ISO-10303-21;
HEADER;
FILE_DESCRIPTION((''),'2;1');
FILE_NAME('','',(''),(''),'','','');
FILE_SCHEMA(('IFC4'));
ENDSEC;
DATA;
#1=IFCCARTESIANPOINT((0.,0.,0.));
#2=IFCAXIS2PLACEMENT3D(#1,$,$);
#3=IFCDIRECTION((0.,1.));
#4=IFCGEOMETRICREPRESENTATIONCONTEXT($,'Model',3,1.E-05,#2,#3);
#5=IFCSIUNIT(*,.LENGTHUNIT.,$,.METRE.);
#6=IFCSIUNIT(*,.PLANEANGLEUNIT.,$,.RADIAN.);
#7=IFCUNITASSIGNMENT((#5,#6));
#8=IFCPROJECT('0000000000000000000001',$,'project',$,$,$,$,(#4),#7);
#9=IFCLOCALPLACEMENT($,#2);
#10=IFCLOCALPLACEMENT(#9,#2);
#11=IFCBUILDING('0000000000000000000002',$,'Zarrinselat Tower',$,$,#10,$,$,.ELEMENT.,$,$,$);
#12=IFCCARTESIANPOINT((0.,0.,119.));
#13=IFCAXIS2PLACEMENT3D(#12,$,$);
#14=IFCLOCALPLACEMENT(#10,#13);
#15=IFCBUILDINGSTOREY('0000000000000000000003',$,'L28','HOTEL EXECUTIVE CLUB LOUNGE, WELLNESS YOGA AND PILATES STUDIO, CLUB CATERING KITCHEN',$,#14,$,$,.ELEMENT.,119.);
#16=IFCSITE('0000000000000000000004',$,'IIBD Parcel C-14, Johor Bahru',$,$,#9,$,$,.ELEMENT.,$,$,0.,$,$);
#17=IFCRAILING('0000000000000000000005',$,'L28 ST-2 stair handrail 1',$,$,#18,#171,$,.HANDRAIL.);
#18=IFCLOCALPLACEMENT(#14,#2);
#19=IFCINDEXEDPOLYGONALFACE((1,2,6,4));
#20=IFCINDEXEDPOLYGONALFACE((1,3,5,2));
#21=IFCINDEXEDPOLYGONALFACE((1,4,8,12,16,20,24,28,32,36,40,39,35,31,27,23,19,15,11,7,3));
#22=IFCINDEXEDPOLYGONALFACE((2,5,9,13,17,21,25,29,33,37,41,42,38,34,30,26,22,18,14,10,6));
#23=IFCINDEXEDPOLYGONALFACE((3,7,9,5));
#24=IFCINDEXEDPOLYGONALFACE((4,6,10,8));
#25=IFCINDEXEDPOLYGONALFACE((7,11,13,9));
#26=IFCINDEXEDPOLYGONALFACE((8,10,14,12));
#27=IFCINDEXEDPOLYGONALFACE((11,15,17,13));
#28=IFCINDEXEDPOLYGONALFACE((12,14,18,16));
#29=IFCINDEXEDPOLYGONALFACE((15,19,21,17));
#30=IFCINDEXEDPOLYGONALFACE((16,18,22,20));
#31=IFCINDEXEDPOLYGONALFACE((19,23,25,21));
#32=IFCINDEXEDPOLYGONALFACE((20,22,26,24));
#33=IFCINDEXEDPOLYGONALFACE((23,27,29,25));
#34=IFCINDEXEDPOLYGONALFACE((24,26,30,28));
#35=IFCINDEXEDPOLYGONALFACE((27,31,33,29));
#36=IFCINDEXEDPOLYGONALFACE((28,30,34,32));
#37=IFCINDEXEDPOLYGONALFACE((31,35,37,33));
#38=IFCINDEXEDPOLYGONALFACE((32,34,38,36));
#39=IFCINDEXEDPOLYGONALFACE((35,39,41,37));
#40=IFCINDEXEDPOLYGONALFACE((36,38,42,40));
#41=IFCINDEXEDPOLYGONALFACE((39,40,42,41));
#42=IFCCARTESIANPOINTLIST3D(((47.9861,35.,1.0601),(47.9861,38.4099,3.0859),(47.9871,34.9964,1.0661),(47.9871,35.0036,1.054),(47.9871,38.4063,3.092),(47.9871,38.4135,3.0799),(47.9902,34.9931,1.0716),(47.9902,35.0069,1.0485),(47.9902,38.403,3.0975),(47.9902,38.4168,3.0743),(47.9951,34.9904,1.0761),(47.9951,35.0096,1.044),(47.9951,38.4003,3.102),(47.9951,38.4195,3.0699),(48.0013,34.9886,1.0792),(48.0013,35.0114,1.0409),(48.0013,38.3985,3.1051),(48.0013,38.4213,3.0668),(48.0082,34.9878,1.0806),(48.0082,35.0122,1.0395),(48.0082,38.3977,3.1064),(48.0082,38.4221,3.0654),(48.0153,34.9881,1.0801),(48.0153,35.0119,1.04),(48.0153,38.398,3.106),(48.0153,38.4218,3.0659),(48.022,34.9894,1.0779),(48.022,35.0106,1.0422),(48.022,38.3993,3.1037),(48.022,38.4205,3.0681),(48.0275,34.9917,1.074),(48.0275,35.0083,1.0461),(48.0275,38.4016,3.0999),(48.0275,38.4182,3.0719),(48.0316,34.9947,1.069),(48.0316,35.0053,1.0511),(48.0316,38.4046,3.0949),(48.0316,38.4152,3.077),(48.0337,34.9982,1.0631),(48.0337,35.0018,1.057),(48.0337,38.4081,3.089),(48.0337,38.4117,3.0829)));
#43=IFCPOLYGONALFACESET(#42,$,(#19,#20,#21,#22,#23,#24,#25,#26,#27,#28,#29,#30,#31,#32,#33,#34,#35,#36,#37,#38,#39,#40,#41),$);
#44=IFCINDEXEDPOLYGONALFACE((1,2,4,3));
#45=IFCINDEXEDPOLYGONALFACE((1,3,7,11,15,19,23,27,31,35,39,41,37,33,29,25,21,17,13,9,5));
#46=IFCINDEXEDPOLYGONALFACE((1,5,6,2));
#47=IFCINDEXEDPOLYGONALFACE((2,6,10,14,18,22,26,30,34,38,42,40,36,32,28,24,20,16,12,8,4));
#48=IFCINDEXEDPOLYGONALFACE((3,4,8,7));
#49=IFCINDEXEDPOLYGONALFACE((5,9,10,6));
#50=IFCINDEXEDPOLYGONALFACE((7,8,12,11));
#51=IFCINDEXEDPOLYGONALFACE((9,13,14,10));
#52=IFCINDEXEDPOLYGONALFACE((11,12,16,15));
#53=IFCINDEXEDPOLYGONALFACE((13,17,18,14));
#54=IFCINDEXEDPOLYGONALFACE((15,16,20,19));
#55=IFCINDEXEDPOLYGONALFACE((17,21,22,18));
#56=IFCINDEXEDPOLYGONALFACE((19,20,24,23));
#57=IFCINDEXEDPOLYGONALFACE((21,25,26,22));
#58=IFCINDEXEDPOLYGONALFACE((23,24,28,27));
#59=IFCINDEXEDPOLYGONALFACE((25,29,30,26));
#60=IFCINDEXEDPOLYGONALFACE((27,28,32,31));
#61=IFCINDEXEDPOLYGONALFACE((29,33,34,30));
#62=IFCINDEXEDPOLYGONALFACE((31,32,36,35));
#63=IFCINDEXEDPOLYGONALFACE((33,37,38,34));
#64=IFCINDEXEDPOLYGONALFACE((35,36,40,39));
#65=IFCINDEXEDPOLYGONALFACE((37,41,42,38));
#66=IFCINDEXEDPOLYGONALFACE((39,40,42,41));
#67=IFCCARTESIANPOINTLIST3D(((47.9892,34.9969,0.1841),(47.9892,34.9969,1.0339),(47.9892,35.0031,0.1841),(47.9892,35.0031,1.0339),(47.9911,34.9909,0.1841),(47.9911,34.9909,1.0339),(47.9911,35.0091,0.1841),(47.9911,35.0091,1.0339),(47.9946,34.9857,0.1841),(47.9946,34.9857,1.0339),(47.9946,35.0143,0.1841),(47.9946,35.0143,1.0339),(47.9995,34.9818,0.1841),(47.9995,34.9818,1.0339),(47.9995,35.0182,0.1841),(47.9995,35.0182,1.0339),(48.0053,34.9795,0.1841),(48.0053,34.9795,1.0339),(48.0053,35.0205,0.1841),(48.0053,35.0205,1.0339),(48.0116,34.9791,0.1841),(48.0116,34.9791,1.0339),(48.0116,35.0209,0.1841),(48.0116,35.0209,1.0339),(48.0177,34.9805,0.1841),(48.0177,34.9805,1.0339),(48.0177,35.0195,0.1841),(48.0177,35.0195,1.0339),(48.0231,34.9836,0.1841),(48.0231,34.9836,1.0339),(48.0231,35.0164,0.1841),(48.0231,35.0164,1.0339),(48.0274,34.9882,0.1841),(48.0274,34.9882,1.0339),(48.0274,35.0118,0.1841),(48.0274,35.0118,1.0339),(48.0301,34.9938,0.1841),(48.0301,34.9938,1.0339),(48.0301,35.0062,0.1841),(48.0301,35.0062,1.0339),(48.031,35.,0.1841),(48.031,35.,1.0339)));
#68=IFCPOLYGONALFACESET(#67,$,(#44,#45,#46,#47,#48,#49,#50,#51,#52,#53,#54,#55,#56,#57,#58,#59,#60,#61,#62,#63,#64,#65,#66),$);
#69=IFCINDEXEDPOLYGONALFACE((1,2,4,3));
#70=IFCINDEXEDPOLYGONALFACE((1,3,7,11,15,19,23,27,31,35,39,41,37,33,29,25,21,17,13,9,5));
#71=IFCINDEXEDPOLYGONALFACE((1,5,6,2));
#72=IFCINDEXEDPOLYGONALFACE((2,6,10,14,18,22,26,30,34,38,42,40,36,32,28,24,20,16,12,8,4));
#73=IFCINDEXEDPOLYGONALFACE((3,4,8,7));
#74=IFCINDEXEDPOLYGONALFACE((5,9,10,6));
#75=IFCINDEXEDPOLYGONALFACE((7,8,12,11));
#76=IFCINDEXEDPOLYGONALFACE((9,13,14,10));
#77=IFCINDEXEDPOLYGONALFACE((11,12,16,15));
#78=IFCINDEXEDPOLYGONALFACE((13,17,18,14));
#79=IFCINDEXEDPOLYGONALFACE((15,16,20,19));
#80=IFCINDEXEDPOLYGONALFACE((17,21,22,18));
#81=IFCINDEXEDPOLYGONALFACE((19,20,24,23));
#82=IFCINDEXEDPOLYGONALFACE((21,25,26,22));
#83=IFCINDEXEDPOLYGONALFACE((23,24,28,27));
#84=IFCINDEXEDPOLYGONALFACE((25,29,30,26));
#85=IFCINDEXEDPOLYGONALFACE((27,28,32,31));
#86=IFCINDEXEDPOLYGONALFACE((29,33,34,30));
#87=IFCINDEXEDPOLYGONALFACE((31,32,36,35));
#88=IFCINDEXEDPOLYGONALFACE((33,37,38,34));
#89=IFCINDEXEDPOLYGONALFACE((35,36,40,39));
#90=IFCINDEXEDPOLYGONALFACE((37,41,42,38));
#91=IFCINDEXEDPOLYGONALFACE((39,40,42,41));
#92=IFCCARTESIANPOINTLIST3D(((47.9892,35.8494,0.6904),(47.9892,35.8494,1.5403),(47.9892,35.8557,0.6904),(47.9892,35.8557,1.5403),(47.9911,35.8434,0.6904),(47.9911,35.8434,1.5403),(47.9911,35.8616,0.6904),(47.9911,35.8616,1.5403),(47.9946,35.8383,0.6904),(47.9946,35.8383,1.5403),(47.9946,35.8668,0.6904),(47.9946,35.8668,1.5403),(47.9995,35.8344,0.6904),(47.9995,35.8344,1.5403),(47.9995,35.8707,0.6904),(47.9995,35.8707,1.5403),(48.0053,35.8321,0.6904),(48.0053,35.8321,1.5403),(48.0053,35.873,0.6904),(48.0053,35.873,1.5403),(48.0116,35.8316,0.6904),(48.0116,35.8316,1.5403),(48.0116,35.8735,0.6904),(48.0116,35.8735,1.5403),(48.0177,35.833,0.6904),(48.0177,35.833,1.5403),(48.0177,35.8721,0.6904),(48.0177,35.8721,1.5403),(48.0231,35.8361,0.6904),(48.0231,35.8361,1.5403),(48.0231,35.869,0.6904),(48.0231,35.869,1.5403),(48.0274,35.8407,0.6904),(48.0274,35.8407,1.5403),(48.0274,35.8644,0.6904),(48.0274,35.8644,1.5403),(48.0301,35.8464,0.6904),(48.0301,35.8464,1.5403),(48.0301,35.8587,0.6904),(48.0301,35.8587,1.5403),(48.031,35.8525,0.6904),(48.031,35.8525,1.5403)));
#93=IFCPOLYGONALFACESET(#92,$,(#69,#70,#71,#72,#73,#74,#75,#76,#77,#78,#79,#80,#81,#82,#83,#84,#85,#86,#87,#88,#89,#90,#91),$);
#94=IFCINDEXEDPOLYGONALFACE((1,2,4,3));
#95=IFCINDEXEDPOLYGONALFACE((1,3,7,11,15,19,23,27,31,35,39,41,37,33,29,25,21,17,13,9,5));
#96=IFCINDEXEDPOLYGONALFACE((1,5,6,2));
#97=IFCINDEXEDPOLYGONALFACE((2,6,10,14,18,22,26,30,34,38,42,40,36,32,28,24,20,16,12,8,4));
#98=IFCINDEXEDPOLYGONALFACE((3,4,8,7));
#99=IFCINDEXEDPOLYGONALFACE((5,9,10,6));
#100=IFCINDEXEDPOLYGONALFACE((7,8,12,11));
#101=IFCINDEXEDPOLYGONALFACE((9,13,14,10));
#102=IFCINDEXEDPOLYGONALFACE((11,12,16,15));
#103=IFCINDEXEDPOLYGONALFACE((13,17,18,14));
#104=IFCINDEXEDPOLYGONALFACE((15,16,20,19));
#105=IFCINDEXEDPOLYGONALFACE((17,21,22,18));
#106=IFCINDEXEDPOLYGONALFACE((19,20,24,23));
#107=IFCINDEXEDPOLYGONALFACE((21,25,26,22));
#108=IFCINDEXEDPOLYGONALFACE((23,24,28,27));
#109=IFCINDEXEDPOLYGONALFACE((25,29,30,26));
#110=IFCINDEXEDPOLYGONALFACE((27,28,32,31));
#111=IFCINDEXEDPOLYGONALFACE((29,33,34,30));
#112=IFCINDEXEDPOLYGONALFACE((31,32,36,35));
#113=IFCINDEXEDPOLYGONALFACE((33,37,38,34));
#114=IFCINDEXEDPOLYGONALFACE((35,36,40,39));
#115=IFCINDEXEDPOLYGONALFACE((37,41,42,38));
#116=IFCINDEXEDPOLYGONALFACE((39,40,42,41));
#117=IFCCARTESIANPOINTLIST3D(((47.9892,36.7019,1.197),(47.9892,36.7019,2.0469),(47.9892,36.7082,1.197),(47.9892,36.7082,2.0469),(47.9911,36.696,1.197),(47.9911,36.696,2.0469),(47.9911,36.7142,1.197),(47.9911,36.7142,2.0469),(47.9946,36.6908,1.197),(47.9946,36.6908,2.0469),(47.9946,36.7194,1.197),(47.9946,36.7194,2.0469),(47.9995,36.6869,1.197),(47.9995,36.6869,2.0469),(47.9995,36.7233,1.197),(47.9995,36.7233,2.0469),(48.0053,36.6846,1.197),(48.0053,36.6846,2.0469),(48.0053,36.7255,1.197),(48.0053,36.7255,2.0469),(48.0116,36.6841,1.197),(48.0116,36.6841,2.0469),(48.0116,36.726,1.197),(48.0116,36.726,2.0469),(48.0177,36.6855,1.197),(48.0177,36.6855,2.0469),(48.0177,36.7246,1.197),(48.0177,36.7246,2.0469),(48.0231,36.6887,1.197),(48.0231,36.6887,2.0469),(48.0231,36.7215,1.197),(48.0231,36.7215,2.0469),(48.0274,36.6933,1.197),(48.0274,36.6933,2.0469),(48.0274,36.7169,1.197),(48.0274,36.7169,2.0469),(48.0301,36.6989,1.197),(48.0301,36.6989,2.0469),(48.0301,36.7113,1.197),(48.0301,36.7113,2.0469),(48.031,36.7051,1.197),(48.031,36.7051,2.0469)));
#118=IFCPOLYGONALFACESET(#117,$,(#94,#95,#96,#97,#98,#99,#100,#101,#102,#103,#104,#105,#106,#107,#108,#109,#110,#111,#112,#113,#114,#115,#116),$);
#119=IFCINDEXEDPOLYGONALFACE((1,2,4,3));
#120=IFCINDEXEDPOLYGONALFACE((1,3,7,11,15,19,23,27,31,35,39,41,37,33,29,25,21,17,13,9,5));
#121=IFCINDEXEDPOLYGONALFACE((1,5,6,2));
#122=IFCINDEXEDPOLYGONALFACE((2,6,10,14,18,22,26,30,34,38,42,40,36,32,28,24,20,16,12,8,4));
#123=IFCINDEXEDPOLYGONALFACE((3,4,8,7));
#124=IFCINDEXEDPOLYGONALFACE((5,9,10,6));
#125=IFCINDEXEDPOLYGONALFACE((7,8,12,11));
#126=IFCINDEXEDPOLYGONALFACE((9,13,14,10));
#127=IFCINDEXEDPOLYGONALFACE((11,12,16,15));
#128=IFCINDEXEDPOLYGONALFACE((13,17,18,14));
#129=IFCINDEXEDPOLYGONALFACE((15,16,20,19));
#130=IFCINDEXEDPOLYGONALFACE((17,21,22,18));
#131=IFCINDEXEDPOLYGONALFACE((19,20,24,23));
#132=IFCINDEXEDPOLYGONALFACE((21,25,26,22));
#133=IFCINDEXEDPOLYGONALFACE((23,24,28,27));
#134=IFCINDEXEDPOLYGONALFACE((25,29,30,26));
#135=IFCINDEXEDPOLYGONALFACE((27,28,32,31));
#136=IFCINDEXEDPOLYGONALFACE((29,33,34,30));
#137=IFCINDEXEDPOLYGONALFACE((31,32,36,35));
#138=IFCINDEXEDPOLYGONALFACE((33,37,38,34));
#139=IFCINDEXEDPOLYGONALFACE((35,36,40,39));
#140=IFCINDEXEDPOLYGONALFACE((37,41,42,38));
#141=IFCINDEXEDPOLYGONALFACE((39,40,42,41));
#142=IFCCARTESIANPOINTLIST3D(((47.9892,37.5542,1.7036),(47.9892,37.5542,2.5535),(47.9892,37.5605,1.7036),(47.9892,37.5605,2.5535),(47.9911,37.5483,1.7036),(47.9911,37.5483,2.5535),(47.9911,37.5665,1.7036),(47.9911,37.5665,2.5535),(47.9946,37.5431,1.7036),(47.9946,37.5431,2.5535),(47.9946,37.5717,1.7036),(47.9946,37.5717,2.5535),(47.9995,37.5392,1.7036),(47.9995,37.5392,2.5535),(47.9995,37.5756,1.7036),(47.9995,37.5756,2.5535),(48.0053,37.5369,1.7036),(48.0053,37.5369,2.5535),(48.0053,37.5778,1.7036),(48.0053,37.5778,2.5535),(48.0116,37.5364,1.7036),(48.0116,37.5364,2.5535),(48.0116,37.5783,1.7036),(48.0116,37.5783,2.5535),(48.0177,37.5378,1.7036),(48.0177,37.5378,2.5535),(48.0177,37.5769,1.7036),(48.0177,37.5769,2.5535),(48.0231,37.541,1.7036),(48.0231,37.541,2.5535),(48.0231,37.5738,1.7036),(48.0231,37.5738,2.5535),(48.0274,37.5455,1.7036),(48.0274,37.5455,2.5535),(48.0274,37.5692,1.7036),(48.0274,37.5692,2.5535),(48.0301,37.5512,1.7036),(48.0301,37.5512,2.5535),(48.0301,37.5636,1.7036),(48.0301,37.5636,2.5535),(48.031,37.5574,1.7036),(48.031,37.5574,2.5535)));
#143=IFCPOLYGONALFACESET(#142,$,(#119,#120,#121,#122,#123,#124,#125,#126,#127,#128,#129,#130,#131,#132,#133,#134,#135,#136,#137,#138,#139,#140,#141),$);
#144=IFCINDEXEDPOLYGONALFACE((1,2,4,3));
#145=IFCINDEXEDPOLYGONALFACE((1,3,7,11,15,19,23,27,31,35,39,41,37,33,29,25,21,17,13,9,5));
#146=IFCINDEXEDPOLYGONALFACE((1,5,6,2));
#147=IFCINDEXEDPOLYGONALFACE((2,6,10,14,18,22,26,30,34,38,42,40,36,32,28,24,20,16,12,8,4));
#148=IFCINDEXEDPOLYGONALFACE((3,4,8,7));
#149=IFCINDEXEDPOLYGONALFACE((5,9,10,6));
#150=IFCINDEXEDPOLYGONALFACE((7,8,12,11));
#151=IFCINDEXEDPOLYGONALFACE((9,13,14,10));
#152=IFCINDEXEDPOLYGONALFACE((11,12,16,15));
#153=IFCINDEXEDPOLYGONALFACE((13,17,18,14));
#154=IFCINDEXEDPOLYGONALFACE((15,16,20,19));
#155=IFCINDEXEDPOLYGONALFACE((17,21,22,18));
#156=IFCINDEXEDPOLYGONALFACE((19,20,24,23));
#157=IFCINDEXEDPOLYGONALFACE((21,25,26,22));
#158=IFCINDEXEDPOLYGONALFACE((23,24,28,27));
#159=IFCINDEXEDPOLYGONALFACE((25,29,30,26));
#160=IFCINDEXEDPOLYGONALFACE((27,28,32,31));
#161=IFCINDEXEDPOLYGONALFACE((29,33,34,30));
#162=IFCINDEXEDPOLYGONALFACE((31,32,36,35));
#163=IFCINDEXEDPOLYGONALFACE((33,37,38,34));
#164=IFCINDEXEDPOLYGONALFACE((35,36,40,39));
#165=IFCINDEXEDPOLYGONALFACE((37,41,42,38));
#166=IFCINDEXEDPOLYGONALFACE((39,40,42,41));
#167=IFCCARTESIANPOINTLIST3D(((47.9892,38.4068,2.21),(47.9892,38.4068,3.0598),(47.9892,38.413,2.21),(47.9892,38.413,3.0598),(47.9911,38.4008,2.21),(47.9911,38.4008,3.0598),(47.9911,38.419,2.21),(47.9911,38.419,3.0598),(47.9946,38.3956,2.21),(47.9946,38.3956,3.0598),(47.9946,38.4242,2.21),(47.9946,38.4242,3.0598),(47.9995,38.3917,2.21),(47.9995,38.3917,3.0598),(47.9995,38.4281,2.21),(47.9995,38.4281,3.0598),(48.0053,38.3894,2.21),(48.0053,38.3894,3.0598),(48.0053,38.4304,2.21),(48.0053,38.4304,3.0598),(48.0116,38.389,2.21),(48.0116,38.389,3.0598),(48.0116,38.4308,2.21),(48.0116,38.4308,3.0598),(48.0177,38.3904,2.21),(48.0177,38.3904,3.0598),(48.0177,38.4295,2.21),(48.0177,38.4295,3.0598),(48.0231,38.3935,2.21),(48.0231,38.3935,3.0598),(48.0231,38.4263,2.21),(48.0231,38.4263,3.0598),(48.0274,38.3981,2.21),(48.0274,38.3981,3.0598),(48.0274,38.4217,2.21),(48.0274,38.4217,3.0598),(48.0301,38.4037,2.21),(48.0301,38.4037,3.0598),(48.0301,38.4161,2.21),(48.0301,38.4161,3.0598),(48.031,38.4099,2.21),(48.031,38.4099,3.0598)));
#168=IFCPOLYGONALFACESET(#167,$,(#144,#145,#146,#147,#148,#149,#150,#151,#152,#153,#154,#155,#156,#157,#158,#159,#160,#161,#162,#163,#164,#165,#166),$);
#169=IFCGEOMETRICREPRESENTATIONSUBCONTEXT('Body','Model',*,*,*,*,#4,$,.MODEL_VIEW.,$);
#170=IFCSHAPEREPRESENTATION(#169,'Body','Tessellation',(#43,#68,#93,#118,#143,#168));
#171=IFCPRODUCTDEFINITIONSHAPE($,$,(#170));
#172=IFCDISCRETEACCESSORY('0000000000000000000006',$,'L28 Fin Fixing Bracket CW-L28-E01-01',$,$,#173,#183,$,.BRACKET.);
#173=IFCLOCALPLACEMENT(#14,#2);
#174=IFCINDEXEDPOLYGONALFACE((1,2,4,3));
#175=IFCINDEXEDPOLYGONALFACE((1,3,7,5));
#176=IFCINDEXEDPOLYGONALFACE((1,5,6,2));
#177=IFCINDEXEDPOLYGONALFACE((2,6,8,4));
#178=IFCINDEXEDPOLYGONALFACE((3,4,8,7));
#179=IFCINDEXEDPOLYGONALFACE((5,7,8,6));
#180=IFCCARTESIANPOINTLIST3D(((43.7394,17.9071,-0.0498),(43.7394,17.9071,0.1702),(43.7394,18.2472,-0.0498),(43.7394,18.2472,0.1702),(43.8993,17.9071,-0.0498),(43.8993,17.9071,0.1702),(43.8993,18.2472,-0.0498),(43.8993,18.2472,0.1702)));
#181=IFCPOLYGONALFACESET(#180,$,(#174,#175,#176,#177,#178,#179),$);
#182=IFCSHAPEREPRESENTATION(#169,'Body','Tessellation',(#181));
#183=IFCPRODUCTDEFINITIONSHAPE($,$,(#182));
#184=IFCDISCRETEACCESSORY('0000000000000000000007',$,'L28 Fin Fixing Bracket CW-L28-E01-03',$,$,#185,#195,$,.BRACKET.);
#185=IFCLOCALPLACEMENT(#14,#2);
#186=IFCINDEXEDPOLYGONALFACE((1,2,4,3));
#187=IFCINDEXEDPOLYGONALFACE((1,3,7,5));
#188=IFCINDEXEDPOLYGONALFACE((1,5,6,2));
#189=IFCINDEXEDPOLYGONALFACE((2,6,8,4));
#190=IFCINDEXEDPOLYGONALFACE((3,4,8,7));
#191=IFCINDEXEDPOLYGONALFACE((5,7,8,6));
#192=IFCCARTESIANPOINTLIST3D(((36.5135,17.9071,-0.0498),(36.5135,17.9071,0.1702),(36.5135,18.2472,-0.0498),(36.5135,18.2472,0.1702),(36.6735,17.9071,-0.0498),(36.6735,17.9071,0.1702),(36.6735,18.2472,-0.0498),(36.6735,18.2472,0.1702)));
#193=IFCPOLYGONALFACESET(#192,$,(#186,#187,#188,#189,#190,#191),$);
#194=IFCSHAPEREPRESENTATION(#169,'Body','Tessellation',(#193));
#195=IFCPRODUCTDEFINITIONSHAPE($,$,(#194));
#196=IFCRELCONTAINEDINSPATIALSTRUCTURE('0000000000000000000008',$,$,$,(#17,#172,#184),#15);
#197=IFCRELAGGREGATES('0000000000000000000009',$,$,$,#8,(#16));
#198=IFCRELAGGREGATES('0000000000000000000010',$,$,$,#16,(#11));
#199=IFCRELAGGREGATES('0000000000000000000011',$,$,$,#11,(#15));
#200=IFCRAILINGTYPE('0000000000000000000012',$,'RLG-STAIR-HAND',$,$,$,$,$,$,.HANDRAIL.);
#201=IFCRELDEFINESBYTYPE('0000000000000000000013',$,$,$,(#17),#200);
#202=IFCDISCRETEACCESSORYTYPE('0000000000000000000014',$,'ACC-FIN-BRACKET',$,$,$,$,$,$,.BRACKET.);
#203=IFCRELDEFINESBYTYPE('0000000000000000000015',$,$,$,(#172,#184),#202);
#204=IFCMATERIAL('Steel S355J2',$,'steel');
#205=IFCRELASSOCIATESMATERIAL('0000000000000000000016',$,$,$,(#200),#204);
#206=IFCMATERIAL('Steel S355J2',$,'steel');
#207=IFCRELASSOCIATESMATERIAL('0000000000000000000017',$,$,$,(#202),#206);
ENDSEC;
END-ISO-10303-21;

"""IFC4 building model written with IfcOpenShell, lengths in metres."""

from ifc_helpers import new_model, si_unit, direction, frame, origin, origin_2d, place, context, subcontext, project, spatial, rectangle, circle, extrude, material, type_object, element, save


model = new_model("IFC4")

# Units and contexts
model_context = context("Model", 3, precision=1e-05, world=origin(), true_north=direction((0.0, 1.0)))
body_context = subcontext(model_context, "Body", "Model", "MODEL_VIEW")
ifc_project = project(units=[si_unit("LENGTHUNIT", "METRE"), si_unit("PLANEANGLEUNIT", "RADIAN")], contexts=[model_context])

# Site, building, storey
site_placement = place(None, origin())
site = spatial("IfcSite", under=ifc_project, at=site_placement, Name="IIBD Parcel C-14, Johor Bahru", CompositionType="ELEMENT", RefElevation=0.0)
building_placement = place(site_placement, origin())
building = spatial("IfcBuilding", under=site, at=building_placement, Name="Zarrinselat Tower", CompositionType="ELEMENT")
storey_placement = place(building_placement, frame((0.0, 0.0, 119.0)))
storey = spatial("IfcBuildingStorey", under=building, at=storey_placement, Name="L28", Description="HOTEL EXECUTIVE CLUB LOUNGE, WELLNESS YOGA AND PILATES STUDIO, CLUB CATERING KITCHEN", CompositionType="ELEMENT", Elevation=119.0)

# Railing
ifc_material_1 = material(Name="Steel S355J2", Category="steel")
railing_type_1 = type_object("IfcRailingType", Name="RLG-STAIR-HAND", PredefinedType="HANDRAIL", material=ifc_material_1)
railing_1_placement = place(storey_placement, frame((48.01, 35.0, 0.1841)))
element("IfcRailing", 1, at=railing_1_placement, inside=storey, type_object=railing_type_1, Name="L28 ST-2 stair handrail 1", PredefinedType="HANDRAIL", context=body_context, shape_type="SweptSolid", body=[
    extrude(circle(Radius=0.0239, at=origin_2d()), frame((0.0, 0.0, 0.876), z_axis=(0.0, 0.859717, 0.510771), x_axis=(-1.0, 0.0, 0.0)), (0.0, 0.0, 1.0), 3.9663),
    extrude(circle(Radius=0.021, at=origin_2d()), origin(), (0.0, 0.0, 1.0), 0.8499),
    extrude(circle(Radius=0.021, at=origin_2d()), frame((0.0, 0.8525, 0.5063)), (0.0, 0.0, 1.0), 0.8499),
    extrude(circle(Radius=0.021, at=origin_2d()), frame((0.0, 1.7051, 1.0129)), (0.0, 0.0, 1.0), 0.8499),
    extrude(circle(Radius=0.021, at=origin_2d()), frame((0.0, 2.5574, 1.5195)), (0.0, 0.0, 1.0), 0.8499),
    extrude(circle(Radius=0.021, at=origin_2d()), frame((0.0, 3.4099, 2.0259)), (0.0, 0.0, 1.0), 0.8499),
])

# Discrete accessories
ifc_material_2 = material(Name="Steel S355J2", Category="steel")
discrete_accessory_type = type_object("IfcDiscreteAccessoryType", Name="ACC-FIN-BRACKET", PredefinedType="BRACKET", material=ifc_material_2)
for number, where, z_axis, x_axis, name in (
    (2, (43.8193, 18.0771, -0.0498), (0.0, 0.0, 1.0), (0.0, -1.0, 0.0), "L28 Fin Fixing Bracket CW-L28-E01-01"),
    (3, (36.5935, 18.0771, -0.0498), (0.0, 0.0, 1.0), (0.0, -1.0, 0.0), "L28 Fin Fixing Bracket CW-L28-E01-03"),
):
    element("IfcDiscreteAccessory", number, at=place(storey_placement, frame(where, z_axis=z_axis, x_axis=x_axis)), inside=storey, type_object=discrete_accessory_type, Name=name, PredefinedType="BRACKET", context=body_context, shape_type="SweptSolid", body=[
        extrude(rectangle(XDim=0.3401, YDim=0.1599, at=origin_2d()), origin(), (0.0, 0.0, 1.0), 0.22),
    ])

save(model, "model.ifc")
